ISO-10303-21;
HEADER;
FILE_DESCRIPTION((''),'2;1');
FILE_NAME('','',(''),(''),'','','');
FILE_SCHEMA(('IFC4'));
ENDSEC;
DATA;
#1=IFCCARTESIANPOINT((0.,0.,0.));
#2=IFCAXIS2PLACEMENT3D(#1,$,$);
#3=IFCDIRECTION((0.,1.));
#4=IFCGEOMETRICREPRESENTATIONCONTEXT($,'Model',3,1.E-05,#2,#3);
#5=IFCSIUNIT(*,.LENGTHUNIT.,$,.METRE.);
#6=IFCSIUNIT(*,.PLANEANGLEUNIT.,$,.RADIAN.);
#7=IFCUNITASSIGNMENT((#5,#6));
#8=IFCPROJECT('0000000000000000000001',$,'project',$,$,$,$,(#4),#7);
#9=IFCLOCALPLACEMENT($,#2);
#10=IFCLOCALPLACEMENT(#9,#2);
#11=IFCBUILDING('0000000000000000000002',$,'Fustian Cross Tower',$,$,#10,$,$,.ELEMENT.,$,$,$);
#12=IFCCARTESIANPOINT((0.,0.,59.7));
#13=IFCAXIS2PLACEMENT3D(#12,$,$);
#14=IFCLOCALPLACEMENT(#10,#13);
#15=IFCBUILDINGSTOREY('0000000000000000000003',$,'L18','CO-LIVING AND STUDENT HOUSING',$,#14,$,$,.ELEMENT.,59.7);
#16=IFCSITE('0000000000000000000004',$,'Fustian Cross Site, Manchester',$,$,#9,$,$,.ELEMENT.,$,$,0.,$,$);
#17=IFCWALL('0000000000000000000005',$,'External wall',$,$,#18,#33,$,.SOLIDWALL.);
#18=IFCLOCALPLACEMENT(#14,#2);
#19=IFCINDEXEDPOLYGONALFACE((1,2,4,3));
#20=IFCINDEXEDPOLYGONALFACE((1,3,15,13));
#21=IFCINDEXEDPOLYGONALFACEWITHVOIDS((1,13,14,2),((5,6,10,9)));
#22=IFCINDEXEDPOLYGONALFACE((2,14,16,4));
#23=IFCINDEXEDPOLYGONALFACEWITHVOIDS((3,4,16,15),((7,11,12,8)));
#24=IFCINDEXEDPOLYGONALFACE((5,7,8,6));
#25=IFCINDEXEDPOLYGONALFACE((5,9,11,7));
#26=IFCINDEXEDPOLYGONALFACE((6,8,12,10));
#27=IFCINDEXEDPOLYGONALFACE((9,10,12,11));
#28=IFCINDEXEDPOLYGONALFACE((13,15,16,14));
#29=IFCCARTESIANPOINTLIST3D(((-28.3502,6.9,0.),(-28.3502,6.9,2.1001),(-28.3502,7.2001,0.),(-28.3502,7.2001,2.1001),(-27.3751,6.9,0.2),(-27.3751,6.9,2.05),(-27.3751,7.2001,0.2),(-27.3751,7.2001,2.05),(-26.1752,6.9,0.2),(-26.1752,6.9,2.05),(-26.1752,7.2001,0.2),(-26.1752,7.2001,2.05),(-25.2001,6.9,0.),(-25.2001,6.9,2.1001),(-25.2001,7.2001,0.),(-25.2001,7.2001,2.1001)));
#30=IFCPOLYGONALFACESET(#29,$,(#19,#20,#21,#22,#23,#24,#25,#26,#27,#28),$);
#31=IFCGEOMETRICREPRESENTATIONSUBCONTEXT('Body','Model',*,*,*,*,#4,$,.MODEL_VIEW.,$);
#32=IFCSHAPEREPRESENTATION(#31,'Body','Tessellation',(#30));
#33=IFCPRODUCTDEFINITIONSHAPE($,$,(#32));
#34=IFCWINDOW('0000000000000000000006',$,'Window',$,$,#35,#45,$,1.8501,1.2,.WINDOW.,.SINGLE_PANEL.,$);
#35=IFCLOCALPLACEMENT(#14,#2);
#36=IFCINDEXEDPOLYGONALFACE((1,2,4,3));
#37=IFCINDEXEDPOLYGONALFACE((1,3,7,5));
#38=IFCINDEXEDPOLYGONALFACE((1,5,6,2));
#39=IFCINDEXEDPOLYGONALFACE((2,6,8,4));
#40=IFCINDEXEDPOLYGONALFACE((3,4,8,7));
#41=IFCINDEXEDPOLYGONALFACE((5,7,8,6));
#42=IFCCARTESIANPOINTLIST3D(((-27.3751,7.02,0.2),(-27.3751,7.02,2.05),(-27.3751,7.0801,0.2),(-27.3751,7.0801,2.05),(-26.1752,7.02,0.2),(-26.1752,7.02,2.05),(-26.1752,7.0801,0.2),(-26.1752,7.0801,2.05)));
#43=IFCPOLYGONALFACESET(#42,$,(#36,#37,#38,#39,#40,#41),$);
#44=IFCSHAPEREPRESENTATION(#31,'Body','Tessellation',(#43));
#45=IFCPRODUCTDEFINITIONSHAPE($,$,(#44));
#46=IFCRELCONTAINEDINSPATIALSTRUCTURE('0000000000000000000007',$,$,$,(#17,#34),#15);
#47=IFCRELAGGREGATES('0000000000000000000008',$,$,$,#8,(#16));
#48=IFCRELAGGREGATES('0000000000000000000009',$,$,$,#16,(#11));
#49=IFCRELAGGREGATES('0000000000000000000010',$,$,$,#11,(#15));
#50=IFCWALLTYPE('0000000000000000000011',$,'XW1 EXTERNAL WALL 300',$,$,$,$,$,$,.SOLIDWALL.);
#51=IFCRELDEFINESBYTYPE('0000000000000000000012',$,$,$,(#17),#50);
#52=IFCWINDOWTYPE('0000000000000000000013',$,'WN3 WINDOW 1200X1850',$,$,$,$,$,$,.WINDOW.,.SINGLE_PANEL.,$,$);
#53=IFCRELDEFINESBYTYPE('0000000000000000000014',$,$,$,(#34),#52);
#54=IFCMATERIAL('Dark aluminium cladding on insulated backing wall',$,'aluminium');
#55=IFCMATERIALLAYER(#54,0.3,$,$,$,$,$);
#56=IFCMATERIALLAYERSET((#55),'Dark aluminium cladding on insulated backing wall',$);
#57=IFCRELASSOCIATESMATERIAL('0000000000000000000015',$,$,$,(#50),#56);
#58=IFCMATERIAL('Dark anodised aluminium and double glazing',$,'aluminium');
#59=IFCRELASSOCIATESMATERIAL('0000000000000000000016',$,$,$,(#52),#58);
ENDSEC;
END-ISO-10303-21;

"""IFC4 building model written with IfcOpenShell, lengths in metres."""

from ifc_helpers import new_model, si_unit, direction, frame, frame_2d, origin, place, context, subcontext, project, spatial, rectangle, extrude, material, layer, layer_set, type_object, element, fill, save


model = new_model("IFC4")

# Units and contexts
model_context = context("Model", 3, precision=1e-05, world=origin(), true_north=direction((0.0, 1.0)))
body_context = subcontext(model_context, "Body", "Model", "MODEL_VIEW")
ifc_project = project(units=[si_unit("LENGTHUNIT", "METRE"), si_unit("PLANEANGLEUNIT", "RADIAN")], contexts=[model_context])

# Site, building, storey
site_placement = place(None, origin())
site = spatial("IfcSite", under=ifc_project, at=site_placement, Name="Fustian Cross Site, Manchester", CompositionType="ELEMENT", RefElevation=0.0)
building_placement = place(site_placement, origin())
building = spatial("IfcBuilding", under=site, at=building_placement, Name="Fustian Cross Tower", CompositionType="ELEMENT")
storey_placement = place(building_placement, frame((0.0, 0.0, 59.7)))
storey = spatial("IfcBuildingStorey", under=building, at=storey_placement, Name="L18", Description="CO-LIVING AND STUDENT HOUSING", CompositionType="ELEMENT", Elevation=59.7)

# Shared definitions
ifc_material_1 = material(Name="Dark aluminium cladding on insulated backing wall", Category="aluminium")
ifc_layer_1 = layer(ifc_material_1, 0.3)
ifc_layer_set_1 = layer_set([ifc_layer_1], Name="Dark aluminium cladding on insulated backing wall")
wall_type_1 = type_object("IfcWallType", Name="XW1 EXTERNAL WALL 300", PredefinedType="SOLIDWALL", material=ifc_layer_set_1)
ifc_material_2 = material(Name="Dark anodised aluminium and double glazing", Category="aluminium")
window_type_1 = type_object("IfcWindowType", Name="WN3 WINDOW 1200X1850", PartitioningType="SINGLE_PANEL", PredefinedType="WINDOW", material=ifc_material_2)

# Wall, opening, window
wall_1_placement = place(storey_placement, frame((-25.2, 7.05, 0.0), z_axis=(0.0, 0.0, 1.0), x_axis=(-1.0, 0.0, 0.0)))
wall_1 = element("IfcWall", 1, at=wall_1_placement, inside=storey, type_object=wall_type_1, Name="External wall", PredefinedType="SOLIDWALL", context=body_context, shape_type="SweptSolid", body=[
    extrude(rectangle(XDim=3.1501, YDim=0.3, at=frame_2d((1.5752, 0.0))), origin(), (0.0, 0.0, 1.0), 2.1001),
])
opening_1_placement = place(wall_1_placement, frame((0.9751, 0.0, 0.2)))
opening_1 = element("IfcOpeningElement", 2, at=opening_1_placement, cuts=wall_1, PredefinedType="OPENING", context=body_context, shape_type="SweptSolid", body=[
    extrude(rectangle(XDim=1.2, YDim=1.8501, at=frame_2d((0.6001, 0.925))), frame((0.0, 0.1599, 0.0), z_axis=(0.0, -1.0, 0.0), x_axis=(1.0, 0.0, 0.0)), (0.0, 0.0, 1.0), 0.3201),
])
window_1_placement = place(opening_1_placement, origin())
window_1 = element("IfcWindow", 3, at=window_1_placement, inside=storey, type_object=window_type_1, Name="Window", OverallHeight=1.8501, OverallWidth=1.2, PartitioningType="SINGLE_PANEL", PredefinedType="WINDOW", context=body_context, shape_type="SweptSolid", body=[
    extrude(rectangle(XDim=1.2, YDim=1.8501, at=frame_2d((0.6001, 0.925))), frame((0.0, 0.03, 0.0), z_axis=(0.0, -1.0, 0.0), x_axis=(1.0, 0.0, 0.0)), (0.0, 0.0, 1.0), 0.0601),
])
fill(opening_1, window_1)

save(model, "model.ifc")
